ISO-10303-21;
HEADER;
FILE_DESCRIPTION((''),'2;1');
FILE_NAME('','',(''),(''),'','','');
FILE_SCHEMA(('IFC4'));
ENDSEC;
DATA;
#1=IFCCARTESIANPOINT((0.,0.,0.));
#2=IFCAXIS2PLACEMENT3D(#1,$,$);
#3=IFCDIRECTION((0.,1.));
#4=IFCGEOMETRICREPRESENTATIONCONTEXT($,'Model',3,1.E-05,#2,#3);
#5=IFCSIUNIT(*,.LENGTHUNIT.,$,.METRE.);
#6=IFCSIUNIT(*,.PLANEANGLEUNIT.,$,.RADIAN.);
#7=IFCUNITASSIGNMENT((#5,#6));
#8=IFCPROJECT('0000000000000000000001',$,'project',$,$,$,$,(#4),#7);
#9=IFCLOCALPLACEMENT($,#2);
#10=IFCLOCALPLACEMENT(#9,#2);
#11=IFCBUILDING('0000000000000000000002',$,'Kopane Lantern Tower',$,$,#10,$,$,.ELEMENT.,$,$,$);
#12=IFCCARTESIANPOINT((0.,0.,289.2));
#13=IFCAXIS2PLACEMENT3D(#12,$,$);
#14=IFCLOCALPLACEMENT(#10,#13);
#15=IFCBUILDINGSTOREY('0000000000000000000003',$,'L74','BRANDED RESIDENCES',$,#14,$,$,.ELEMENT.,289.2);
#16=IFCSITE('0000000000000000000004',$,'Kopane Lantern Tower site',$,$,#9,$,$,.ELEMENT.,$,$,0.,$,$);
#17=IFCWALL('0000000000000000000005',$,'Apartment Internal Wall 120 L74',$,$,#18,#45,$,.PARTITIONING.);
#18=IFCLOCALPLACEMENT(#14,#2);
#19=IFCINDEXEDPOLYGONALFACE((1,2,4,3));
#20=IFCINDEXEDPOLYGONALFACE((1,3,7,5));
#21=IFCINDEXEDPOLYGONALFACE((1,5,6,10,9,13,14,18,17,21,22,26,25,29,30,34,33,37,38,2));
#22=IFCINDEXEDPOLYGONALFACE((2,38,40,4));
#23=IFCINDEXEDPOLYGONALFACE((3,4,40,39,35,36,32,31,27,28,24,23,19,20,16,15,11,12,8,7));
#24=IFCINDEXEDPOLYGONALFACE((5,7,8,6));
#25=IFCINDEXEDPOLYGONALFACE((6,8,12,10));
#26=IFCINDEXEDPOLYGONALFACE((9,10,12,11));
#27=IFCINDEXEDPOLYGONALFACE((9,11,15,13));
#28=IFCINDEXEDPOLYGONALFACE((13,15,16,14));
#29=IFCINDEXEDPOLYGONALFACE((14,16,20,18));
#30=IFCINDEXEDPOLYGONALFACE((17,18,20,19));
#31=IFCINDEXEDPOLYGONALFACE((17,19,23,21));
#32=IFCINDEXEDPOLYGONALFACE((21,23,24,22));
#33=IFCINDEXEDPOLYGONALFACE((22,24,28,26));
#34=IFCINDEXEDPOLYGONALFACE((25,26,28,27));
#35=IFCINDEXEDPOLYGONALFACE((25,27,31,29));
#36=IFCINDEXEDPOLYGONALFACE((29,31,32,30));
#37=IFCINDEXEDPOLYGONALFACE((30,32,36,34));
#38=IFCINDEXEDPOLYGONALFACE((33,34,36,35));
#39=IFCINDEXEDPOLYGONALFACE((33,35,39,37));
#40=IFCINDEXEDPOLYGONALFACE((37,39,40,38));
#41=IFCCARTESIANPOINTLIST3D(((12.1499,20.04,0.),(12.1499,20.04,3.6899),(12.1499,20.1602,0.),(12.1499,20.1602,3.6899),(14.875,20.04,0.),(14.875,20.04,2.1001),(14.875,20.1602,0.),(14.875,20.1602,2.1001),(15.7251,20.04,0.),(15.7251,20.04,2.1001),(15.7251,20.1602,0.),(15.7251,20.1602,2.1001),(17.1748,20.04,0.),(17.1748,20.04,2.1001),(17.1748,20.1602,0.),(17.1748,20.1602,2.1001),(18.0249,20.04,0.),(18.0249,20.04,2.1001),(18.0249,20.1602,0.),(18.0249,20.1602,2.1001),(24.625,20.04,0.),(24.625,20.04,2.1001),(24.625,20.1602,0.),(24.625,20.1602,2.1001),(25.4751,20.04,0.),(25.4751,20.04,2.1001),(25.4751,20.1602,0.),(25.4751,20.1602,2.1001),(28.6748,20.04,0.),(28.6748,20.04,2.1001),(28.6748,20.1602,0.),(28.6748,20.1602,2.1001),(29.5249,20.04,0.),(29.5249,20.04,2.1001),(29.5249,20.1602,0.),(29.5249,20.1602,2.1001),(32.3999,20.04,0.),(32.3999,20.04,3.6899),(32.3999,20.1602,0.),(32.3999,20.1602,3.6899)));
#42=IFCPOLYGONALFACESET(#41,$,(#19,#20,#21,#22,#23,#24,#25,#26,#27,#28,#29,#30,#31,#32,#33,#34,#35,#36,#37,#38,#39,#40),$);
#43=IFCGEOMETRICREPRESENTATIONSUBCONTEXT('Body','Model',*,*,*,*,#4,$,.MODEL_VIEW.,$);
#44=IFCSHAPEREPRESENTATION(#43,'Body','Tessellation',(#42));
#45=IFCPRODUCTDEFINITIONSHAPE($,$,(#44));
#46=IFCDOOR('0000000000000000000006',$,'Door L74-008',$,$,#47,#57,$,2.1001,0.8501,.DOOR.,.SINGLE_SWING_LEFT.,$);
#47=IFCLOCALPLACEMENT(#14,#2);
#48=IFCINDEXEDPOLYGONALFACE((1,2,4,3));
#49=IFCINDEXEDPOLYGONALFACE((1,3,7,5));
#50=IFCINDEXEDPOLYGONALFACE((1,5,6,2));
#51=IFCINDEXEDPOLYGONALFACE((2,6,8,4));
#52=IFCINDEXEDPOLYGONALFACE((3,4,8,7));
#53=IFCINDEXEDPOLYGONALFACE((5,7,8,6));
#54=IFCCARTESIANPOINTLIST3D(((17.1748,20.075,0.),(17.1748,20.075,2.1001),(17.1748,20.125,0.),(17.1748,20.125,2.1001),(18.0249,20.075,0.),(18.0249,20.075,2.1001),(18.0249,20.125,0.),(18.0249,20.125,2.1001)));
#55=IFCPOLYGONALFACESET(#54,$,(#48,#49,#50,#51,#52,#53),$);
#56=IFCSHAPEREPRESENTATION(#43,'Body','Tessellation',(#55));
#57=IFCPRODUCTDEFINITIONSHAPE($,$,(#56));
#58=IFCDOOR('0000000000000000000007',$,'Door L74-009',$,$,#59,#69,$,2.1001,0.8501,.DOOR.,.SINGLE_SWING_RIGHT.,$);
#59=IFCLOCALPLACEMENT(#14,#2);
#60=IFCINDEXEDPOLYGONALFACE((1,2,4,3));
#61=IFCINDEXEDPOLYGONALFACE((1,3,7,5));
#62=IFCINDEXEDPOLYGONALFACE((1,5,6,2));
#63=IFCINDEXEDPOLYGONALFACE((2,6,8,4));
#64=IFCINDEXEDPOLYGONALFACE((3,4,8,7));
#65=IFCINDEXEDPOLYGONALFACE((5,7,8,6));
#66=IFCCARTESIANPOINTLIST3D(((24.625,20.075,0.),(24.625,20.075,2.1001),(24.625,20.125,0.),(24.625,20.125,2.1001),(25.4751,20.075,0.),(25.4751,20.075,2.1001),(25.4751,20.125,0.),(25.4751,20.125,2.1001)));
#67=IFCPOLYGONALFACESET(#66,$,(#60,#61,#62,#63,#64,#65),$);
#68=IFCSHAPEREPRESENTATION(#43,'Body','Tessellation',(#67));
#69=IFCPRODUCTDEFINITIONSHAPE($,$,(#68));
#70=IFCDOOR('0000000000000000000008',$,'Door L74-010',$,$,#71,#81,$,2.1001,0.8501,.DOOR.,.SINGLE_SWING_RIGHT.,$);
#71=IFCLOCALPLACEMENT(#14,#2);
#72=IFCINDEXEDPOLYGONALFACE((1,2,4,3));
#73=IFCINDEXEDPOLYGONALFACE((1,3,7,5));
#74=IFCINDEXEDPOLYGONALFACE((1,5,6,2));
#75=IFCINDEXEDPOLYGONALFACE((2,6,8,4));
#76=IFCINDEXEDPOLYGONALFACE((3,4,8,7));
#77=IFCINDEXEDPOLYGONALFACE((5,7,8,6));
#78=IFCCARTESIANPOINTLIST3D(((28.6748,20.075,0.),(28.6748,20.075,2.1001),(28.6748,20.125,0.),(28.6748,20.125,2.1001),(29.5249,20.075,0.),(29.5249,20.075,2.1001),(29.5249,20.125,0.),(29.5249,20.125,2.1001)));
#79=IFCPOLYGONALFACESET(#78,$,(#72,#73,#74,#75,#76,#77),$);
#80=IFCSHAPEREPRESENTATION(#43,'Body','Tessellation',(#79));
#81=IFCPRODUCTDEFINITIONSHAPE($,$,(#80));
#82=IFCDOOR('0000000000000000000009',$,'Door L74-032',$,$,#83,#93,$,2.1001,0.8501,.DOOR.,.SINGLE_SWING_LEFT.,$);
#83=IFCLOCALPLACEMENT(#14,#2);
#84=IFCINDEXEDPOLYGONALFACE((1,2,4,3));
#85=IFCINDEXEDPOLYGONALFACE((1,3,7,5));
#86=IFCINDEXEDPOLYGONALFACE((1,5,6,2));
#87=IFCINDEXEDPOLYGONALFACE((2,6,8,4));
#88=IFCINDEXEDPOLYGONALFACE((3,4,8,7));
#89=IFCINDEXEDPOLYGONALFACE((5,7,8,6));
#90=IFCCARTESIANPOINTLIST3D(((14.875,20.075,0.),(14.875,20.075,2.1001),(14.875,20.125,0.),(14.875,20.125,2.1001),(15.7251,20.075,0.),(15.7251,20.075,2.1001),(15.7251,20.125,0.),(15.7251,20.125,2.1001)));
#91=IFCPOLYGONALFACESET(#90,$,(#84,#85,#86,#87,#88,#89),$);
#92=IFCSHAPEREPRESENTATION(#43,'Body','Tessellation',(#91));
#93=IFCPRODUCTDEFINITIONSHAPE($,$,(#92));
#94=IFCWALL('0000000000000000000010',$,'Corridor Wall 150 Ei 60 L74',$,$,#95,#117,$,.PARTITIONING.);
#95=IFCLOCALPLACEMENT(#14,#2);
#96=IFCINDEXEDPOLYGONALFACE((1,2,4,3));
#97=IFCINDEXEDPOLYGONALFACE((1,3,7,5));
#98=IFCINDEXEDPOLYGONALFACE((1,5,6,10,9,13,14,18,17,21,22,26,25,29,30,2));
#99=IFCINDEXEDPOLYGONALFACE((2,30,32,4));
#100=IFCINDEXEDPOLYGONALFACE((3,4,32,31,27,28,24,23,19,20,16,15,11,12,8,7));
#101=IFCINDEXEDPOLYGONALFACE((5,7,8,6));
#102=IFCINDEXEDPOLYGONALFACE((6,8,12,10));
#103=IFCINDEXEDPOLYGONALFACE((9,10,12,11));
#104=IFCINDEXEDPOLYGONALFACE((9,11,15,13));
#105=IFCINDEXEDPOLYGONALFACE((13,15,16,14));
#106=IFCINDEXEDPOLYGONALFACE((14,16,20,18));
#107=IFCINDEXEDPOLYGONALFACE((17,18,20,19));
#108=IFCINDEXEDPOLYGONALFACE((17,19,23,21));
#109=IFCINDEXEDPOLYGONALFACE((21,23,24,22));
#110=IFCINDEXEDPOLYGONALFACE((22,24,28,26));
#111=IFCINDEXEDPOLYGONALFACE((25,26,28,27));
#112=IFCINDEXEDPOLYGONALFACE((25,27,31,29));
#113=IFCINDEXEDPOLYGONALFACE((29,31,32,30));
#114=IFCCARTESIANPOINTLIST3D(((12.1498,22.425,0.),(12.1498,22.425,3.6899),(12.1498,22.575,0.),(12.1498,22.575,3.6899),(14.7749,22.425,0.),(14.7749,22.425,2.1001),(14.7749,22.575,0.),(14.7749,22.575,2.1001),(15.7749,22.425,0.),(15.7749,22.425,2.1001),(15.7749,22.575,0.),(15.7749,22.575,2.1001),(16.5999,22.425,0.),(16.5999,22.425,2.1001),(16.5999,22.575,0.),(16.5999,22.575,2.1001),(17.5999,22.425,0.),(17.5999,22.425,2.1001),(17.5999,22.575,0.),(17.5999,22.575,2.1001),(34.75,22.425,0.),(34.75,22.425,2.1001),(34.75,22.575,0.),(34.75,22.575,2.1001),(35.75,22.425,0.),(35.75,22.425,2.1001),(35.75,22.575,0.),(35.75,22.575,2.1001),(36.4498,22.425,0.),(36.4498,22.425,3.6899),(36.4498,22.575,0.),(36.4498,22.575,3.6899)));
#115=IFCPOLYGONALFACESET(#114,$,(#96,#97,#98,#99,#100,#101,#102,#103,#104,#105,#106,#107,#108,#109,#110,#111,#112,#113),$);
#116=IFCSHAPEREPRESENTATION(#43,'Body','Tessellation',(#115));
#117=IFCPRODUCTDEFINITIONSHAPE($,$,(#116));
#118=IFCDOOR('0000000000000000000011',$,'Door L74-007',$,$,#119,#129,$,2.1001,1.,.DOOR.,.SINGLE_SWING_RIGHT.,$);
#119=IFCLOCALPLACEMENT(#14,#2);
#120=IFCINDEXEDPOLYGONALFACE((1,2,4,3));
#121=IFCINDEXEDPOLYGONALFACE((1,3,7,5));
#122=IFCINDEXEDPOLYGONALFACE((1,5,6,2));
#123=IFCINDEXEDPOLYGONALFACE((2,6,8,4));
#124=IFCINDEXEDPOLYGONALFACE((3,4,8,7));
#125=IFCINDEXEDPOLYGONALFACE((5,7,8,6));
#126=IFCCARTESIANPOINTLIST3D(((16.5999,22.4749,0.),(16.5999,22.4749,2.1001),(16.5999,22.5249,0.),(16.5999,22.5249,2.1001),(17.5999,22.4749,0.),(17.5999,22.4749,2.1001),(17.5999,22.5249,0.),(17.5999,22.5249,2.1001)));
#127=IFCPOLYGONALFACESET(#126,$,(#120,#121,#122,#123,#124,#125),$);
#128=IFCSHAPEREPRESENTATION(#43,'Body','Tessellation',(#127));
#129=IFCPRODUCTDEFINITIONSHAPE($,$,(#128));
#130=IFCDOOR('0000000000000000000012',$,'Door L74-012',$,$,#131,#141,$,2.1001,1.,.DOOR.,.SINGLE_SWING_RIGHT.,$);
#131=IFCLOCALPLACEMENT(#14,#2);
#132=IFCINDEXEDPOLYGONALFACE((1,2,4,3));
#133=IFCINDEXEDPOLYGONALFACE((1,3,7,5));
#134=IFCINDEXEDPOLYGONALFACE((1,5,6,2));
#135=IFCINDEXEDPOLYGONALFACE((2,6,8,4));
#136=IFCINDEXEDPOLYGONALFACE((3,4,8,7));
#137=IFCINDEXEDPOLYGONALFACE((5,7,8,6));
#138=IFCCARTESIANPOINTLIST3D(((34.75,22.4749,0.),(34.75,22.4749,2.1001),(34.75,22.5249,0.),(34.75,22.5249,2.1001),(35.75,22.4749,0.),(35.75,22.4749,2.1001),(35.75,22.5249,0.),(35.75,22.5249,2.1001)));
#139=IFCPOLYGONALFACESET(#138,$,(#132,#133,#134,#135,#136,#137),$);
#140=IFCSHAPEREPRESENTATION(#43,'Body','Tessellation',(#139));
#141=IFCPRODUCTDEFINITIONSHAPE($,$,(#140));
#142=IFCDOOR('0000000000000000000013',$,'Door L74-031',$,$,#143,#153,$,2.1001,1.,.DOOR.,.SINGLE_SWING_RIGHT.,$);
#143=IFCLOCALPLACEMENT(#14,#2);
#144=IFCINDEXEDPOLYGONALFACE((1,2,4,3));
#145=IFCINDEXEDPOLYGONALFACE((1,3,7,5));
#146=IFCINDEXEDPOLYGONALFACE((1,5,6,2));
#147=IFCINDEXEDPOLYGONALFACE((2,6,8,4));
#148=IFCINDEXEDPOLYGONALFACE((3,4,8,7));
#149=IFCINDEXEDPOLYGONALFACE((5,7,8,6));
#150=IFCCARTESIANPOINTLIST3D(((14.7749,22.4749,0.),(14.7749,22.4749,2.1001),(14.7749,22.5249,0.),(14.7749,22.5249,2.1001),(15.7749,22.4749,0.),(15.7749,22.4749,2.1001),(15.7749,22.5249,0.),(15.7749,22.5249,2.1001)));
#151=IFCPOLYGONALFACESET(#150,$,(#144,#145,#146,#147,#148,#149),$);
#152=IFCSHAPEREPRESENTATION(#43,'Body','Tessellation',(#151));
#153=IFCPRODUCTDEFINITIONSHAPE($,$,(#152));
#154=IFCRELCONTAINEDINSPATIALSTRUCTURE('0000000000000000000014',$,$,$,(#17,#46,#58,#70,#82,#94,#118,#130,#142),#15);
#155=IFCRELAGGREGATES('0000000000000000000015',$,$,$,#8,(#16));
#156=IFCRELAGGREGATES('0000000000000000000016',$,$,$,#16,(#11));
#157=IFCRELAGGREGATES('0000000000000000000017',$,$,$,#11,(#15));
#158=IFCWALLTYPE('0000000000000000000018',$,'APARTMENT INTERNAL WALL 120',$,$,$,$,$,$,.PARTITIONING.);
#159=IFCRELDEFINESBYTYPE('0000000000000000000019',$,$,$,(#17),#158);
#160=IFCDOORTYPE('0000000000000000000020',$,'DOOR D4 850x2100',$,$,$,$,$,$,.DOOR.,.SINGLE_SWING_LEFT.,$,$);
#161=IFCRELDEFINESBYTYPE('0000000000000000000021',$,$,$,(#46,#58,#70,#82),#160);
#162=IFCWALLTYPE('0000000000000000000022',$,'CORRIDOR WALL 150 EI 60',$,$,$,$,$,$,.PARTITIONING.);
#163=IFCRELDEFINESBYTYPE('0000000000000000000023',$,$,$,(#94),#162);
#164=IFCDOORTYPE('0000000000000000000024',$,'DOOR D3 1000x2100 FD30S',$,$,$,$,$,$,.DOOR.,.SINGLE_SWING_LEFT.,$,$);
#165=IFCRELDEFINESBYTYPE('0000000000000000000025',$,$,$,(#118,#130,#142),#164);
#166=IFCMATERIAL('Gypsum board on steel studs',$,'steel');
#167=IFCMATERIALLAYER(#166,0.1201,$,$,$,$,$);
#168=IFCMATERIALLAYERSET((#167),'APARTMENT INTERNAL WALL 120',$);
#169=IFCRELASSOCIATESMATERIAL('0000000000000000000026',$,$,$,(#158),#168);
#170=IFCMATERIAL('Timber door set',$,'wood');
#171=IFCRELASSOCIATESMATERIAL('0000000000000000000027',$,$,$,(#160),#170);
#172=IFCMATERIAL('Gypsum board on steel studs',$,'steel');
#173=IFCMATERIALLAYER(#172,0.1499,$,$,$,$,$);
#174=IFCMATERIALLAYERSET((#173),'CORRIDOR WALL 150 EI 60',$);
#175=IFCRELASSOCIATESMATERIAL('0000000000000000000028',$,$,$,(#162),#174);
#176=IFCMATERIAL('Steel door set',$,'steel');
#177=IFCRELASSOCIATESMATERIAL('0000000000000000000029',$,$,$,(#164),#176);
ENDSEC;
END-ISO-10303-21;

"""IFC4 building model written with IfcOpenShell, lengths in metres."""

from ifc_helpers import new_model, si_unit, direction, frame, frame_2d, origin, place, context, subcontext, project, spatial, rectangle, extrude, material, layer, layer_set, type_object, element, fill, save


model = new_model("IFC4")

# Units and contexts
model_context = context("Model", 3, precision=1e-05, world=origin(), true_north=direction((0.0, 1.0)))
body_context = subcontext(model_context, "Body", "Model", "MODEL_VIEW")
ifc_project = project(units=[si_unit("LENGTHUNIT", "METRE"), si_unit("PLANEANGLEUNIT", "RADIAN")], contexts=[model_context])

# Site, building, storey
site_placement = place(None, origin())
site = spatial("IfcSite", under=ifc_project, at=site_placement, Name="Kopane Lantern Tower site", CompositionType="ELEMENT", RefElevation=0.0)
building_placement = place(site_placement, origin())
building = spatial("IfcBuilding", under=site, at=building_placement, Name="Kopane Lantern Tower", CompositionType="ELEMENT")
storey_placement = place(building_placement, frame((0.0, 0.0, 289.2)))
storey = spatial("IfcBuildingStorey", under=building, at=storey_placement, Name="L74", Description="BRANDED RESIDENCES", CompositionType="ELEMENT", Elevation=289.2)

# Walls, openings, doors
ifc_material_1 = material(Name="Gypsum board on steel studs", Category="steel")
ifc_layer_1 = layer(ifc_material_1, 0.1201)
ifc_layer_set_1 = layer_set([ifc_layer_1], Name="APARTMENT INTERNAL WALL 120")
wall_type_1 = type_object("IfcWallType", Name="APARTMENT INTERNAL WALL 120", PredefinedType="PARTITIONING", material=ifc_layer_set_1)
ifc_material_2 = material(Name="Timber door set", Category="wood")
door_type_1 = type_object("IfcDoorType", Name="DOOR D4 850x2100", OperationType="SINGLE_SWING_LEFT", PredefinedType="DOOR", material=ifc_material_2)
wall_1_placement = place(storey_placement, frame((12.1499, 20.1001, 0.0), z_axis=(0.0, 0.0, 1.0), x_axis=(1.0, 0.0, 0.0)))
wall_1 = element("IfcWall", 1, at=wall_1_placement, inside=storey, type_object=wall_type_1, Name="Apartment Internal Wall 120 L74", PredefinedType="PARTITIONING", context=body_context, shape_type="SweptSolid", body=[
    extrude(rectangle(XDim=20.25, YDim=0.1201, at=frame_2d((10.125, 0.0))), origin(), (0.0, 0.0, 1.0), 3.6899),
])
opening_1_placement = place(wall_1_placement, frame((5.0249, 0.0, 0.0)))
opening_1 = element("IfcOpeningElement", 2, at=opening_1_placement, cuts=wall_1, PredefinedType="OPENING", context=body_context, shape_type="SweptSolid", body=[
    extrude(rectangle(XDim=0.8501, YDim=2.1001, at=frame_2d((0.425, 1.05))), frame((0.0, 0.0701, 0.0), z_axis=(0.0, -1.0, 0.0), x_axis=(1.0, 0.0, 0.0)), (0.0, 0.0, 1.0), 0.1401),
])
opening_2_placement = place(wall_1_placement, frame((12.4751, 0.0, 0.0)))
opening_2 = element("IfcOpeningElement", 3, at=opening_2_placement, cuts=wall_1, PredefinedType="OPENING", context=body_context, shape_type="SweptSolid", body=[
    extrude(rectangle(XDim=0.8501, YDim=2.1001, at=frame_2d((0.425, 1.05))), frame((0.0, 0.0701, 0.0), z_axis=(0.0, -1.0, 0.0), x_axis=(1.0, 0.0, 0.0)), (0.0, 0.0, 1.0), 0.1401),
])
opening_3_placement = place(wall_1_placement, frame((16.5249, 0.0, 0.0)))
opening_3 = element("IfcOpeningElement", 4, at=opening_3_placement, cuts=wall_1, PredefinedType="OPENING", context=body_context, shape_type="SweptSolid", body=[
    extrude(rectangle(XDim=0.8501, YDim=2.1001, at=frame_2d((0.425, 1.05))), frame((0.0, 0.0701, 0.0), z_axis=(0.0, -1.0, 0.0), x_axis=(1.0, 0.0, 0.0)), (0.0, 0.0, 1.0), 0.1401),
])
opening_4_placement = place(wall_1_placement, frame((2.7251, 0.0, 0.0)))
opening_4 = element("IfcOpeningElement", 5, at=opening_4_placement, cuts=wall_1, PredefinedType="OPENING", context=body_context, shape_type="SweptSolid", body=[
    extrude(rectangle(XDim=0.8501, YDim=2.1001, at=frame_2d((0.425, 1.05))), frame((0.0, 0.0701, 0.0), z_axis=(0.0, -1.0, 0.0), x_axis=(1.0, 0.0, 0.0)), (0.0, 0.0, 1.0), 0.1401),
])
door_1_placement = place(opening_1_placement, origin())
door_1 = element("IfcDoor", 6, at=door_1_placement, inside=storey, type_object=door_type_1, Name="Door L74-008", OperationType="SINGLE_SWING_LEFT", OverallHeight=2.1001, OverallWidth=0.8501, PredefinedType="DOOR", context=body_context, shape_type="SweptSolid", body=[
    extrude(rectangle(XDim=0.8501, YDim=2.1001, at=frame_2d((0.425, 1.05))), frame((0.0, 0.0249, 0.0), z_axis=(0.0, -1.0, 0.0), x_axis=(1.0, 0.0, 0.0)), (0.0, 0.0, 1.0), 0.05),
])
fill(opening_1, door_1)
door_2_placement = place(opening_2_placement, origin())
door_2 = element("IfcDoor", 7, at=door_2_placement, inside=storey, type_object=door_type_1, Name="Door L74-009", OperationType="SINGLE_SWING_RIGHT", OverallHeight=2.1001, OverallWidth=0.8501, PredefinedType="DOOR", context=body_context, shape_type="SweptSolid", body=[
    extrude(rectangle(XDim=0.8501, YDim=2.1001, at=frame_2d((0.425, 1.05))), frame((0.0, 0.0249, 0.0), z_axis=(0.0, -1.0, 0.0), x_axis=(1.0, 0.0, 0.0)), (0.0, 0.0, 1.0), 0.05),
])
fill(opening_2, door_2)
door_3_placement = place(opening_3_placement, origin())
door_3 = element("IfcDoor", 8, at=door_3_placement, inside=storey, type_object=door_type_1, Name="Door L74-010", OperationType="SINGLE_SWING_RIGHT", OverallHeight=2.1001, OverallWidth=0.8501, PredefinedType="DOOR", context=body_context, shape_type="SweptSolid", body=[
    extrude(rectangle(XDim=0.8501, YDim=2.1001, at=frame_2d((0.425, 1.05))), frame((0.0, 0.0249, 0.0), z_axis=(0.0, -1.0, 0.0), x_axis=(1.0, 0.0, 0.0)), (0.0, 0.0, 1.0), 0.05),
])
fill(opening_3, door_3)
door_4_placement = place(opening_4_placement, origin())
door_4 = element("IfcDoor", 9, at=door_4_placement, inside=storey, type_object=door_type_1, Name="Door L74-032", OperationType="SINGLE_SWING_LEFT", OverallHeight=2.1001, OverallWidth=0.8501, PredefinedType="DOOR", context=body_context, shape_type="SweptSolid", body=[
    extrude(rectangle(XDim=0.8501, YDim=2.1001, at=frame_2d((0.425, 1.05))), frame((0.0, 0.0249, 0.0), z_axis=(0.0, -1.0, 0.0), x_axis=(1.0, 0.0, 0.0)), (0.0, 0.0, 1.0), 0.05),
])
fill(opening_4, door_4)
ifc_material_3 = material(Name="Gypsum board on steel studs", Category="steel")
ifc_layer_2 = layer(ifc_material_3, 0.1499)
ifc_layer_set_2 = layer_set([ifc_layer_2], Name="CORRIDOR WALL 150 EI 60")
wall_type_2 = type_object("IfcWallType", Name="CORRIDOR WALL 150 EI 60", PredefinedType="PARTITIONING", material=ifc_layer_set_2)
wall_2_placement = place(storey_placement, frame((12.1499, 22.5, 0.0), z_axis=(0.0, 0.0, 1.0), x_axis=(1.0, 0.0, 0.0)))
wall_2 = element("IfcWall", 10, at=wall_2_placement, inside=storey, type_object=wall_type_2, Name="Corridor Wall 150 Ei 60 L74", PredefinedType="PARTITIONING", context=body_context, shape_type="SweptSolid", body=[
    extrude(rectangle(XDim=24.3, YDim=0.1499, at=frame_2d((12.1499, 0.0))), origin(), (0.0, 0.0, 1.0), 3.6899),
])
opening_5_placement = place(wall_2_placement, frame((4.45, 0.0, 0.0)))
opening_5 = element("IfcOpeningElement", 11, at=opening_5_placement, cuts=wall_2, PredefinedType="OPENING", context=body_context, shape_type="SweptSolid", body=[
    extrude(rectangle(XDim=1.0, YDim=2.1001, at=frame_2d((0.5, 1.05))), frame((0.0, 0.085, 0.0), z_axis=(0.0, -1.0, 0.0), x_axis=(1.0, 0.0, 0.0)), (0.0, 0.0, 1.0), 0.1699),
])
opening_6_placement = place(wall_2_placement, frame((22.6001, 0.0, 0.0)))
opening_6 = element("IfcOpeningElement", 12, at=opening_6_placement, cuts=wall_2, PredefinedType="OPENING", context=body_context, shape_type="SweptSolid", body=[
    extrude(rectangle(XDim=1.0, YDim=2.1001, at=frame_2d((0.5, 1.05))), frame((0.0, 0.085, 0.0), z_axis=(0.0, -1.0, 0.0), x_axis=(1.0, 0.0, 0.0)), (0.0, 0.0, 1.0), 0.1699),
])
opening_7_placement = place(wall_2_placement, frame((2.625, 0.0, 0.0)))
opening_7 = element("IfcOpeningElement", 13, at=opening_7_placement, cuts=wall_2, PredefinedType="OPENING", context=body_context, shape_type="SweptSolid", body=[
    extrude(rectangle(XDim=1.0, YDim=2.1001, at=frame_2d((0.5, 1.05))), frame((0.0, 0.085, 0.0), z_axis=(0.0, -1.0, 0.0), x_axis=(1.0, 0.0, 0.0)), (0.0, 0.0, 1.0), 0.1699),
])
ifc_material_4 = material(Name="Steel door set", Category="steel")
door_type_2 = type_object("IfcDoorType", Name="DOOR D3 1000x2100 FD30S", OperationType="SINGLE_SWING_LEFT", PredefinedType="DOOR", material=ifc_material_4)
door_5_placement = place(opening_5_placement, origin())
door_5 = element("IfcDoor", 14, at=door_5_placement, inside=storey, type_object=door_type_2, Name="Door L74-007", OperationType="SINGLE_SWING_RIGHT", OverallHeight=2.1001, OverallWidth=1.0, PredefinedType="DOOR", context=body_context, shape_type="SweptSolid", body=[
    extrude(rectangle(XDim=1.0, YDim=2.1001, at=frame_2d((0.5, 1.05))), frame((0.0, 0.0249, 0.0), z_axis=(0.0, -1.0, 0.0), x_axis=(1.0, 0.0, 0.0)), (0.0, 0.0, 1.0), 0.05),
])
fill(opening_5, door_5)
door_6_placement = place(opening_6_placement, origin())
door_6 = element("IfcDoor", 15, at=door_6_placement, inside=storey, type_object=door_type_2, Name="Door L74-012", OperationType="SINGLE_SWING_RIGHT", OverallHeight=2.1001, OverallWidth=1.0, PredefinedType="DOOR", context=body_context, shape_type="SweptSolid", body=[
    extrude(rectangle(XDim=1.0, YDim=2.1001, at=frame_2d((0.5, 1.05))), frame((0.0, 0.0249, 0.0), z_axis=(0.0, -1.0, 0.0), x_axis=(1.0, 0.0, 0.0)), (0.0, 0.0, 1.0), 0.05),
])
fill(opening_6, door_6)
door_7_placement = place(opening_7_placement, origin())
door_7 = element("IfcDoor", 16, at=door_7_placement, inside=storey, type_object=door_type_2, Name="Door L74-031", OperationType="SINGLE_SWING_RIGHT", OverallHeight=2.1001, OverallWidth=1.0, PredefinedType="DOOR", context=body_context, shape_type="SweptSolid", body=[
    extrude(rectangle(XDim=1.0, YDim=2.1001, at=frame_2d((0.5, 1.05))), frame((0.0, 0.0249, 0.0), z_axis=(0.0, -1.0, 0.0), x_axis=(1.0, 0.0, 0.0)), (0.0, 0.0, 1.0), 0.05),
])
fill(opening_7, door_7)

save(model, "model.ifc")
